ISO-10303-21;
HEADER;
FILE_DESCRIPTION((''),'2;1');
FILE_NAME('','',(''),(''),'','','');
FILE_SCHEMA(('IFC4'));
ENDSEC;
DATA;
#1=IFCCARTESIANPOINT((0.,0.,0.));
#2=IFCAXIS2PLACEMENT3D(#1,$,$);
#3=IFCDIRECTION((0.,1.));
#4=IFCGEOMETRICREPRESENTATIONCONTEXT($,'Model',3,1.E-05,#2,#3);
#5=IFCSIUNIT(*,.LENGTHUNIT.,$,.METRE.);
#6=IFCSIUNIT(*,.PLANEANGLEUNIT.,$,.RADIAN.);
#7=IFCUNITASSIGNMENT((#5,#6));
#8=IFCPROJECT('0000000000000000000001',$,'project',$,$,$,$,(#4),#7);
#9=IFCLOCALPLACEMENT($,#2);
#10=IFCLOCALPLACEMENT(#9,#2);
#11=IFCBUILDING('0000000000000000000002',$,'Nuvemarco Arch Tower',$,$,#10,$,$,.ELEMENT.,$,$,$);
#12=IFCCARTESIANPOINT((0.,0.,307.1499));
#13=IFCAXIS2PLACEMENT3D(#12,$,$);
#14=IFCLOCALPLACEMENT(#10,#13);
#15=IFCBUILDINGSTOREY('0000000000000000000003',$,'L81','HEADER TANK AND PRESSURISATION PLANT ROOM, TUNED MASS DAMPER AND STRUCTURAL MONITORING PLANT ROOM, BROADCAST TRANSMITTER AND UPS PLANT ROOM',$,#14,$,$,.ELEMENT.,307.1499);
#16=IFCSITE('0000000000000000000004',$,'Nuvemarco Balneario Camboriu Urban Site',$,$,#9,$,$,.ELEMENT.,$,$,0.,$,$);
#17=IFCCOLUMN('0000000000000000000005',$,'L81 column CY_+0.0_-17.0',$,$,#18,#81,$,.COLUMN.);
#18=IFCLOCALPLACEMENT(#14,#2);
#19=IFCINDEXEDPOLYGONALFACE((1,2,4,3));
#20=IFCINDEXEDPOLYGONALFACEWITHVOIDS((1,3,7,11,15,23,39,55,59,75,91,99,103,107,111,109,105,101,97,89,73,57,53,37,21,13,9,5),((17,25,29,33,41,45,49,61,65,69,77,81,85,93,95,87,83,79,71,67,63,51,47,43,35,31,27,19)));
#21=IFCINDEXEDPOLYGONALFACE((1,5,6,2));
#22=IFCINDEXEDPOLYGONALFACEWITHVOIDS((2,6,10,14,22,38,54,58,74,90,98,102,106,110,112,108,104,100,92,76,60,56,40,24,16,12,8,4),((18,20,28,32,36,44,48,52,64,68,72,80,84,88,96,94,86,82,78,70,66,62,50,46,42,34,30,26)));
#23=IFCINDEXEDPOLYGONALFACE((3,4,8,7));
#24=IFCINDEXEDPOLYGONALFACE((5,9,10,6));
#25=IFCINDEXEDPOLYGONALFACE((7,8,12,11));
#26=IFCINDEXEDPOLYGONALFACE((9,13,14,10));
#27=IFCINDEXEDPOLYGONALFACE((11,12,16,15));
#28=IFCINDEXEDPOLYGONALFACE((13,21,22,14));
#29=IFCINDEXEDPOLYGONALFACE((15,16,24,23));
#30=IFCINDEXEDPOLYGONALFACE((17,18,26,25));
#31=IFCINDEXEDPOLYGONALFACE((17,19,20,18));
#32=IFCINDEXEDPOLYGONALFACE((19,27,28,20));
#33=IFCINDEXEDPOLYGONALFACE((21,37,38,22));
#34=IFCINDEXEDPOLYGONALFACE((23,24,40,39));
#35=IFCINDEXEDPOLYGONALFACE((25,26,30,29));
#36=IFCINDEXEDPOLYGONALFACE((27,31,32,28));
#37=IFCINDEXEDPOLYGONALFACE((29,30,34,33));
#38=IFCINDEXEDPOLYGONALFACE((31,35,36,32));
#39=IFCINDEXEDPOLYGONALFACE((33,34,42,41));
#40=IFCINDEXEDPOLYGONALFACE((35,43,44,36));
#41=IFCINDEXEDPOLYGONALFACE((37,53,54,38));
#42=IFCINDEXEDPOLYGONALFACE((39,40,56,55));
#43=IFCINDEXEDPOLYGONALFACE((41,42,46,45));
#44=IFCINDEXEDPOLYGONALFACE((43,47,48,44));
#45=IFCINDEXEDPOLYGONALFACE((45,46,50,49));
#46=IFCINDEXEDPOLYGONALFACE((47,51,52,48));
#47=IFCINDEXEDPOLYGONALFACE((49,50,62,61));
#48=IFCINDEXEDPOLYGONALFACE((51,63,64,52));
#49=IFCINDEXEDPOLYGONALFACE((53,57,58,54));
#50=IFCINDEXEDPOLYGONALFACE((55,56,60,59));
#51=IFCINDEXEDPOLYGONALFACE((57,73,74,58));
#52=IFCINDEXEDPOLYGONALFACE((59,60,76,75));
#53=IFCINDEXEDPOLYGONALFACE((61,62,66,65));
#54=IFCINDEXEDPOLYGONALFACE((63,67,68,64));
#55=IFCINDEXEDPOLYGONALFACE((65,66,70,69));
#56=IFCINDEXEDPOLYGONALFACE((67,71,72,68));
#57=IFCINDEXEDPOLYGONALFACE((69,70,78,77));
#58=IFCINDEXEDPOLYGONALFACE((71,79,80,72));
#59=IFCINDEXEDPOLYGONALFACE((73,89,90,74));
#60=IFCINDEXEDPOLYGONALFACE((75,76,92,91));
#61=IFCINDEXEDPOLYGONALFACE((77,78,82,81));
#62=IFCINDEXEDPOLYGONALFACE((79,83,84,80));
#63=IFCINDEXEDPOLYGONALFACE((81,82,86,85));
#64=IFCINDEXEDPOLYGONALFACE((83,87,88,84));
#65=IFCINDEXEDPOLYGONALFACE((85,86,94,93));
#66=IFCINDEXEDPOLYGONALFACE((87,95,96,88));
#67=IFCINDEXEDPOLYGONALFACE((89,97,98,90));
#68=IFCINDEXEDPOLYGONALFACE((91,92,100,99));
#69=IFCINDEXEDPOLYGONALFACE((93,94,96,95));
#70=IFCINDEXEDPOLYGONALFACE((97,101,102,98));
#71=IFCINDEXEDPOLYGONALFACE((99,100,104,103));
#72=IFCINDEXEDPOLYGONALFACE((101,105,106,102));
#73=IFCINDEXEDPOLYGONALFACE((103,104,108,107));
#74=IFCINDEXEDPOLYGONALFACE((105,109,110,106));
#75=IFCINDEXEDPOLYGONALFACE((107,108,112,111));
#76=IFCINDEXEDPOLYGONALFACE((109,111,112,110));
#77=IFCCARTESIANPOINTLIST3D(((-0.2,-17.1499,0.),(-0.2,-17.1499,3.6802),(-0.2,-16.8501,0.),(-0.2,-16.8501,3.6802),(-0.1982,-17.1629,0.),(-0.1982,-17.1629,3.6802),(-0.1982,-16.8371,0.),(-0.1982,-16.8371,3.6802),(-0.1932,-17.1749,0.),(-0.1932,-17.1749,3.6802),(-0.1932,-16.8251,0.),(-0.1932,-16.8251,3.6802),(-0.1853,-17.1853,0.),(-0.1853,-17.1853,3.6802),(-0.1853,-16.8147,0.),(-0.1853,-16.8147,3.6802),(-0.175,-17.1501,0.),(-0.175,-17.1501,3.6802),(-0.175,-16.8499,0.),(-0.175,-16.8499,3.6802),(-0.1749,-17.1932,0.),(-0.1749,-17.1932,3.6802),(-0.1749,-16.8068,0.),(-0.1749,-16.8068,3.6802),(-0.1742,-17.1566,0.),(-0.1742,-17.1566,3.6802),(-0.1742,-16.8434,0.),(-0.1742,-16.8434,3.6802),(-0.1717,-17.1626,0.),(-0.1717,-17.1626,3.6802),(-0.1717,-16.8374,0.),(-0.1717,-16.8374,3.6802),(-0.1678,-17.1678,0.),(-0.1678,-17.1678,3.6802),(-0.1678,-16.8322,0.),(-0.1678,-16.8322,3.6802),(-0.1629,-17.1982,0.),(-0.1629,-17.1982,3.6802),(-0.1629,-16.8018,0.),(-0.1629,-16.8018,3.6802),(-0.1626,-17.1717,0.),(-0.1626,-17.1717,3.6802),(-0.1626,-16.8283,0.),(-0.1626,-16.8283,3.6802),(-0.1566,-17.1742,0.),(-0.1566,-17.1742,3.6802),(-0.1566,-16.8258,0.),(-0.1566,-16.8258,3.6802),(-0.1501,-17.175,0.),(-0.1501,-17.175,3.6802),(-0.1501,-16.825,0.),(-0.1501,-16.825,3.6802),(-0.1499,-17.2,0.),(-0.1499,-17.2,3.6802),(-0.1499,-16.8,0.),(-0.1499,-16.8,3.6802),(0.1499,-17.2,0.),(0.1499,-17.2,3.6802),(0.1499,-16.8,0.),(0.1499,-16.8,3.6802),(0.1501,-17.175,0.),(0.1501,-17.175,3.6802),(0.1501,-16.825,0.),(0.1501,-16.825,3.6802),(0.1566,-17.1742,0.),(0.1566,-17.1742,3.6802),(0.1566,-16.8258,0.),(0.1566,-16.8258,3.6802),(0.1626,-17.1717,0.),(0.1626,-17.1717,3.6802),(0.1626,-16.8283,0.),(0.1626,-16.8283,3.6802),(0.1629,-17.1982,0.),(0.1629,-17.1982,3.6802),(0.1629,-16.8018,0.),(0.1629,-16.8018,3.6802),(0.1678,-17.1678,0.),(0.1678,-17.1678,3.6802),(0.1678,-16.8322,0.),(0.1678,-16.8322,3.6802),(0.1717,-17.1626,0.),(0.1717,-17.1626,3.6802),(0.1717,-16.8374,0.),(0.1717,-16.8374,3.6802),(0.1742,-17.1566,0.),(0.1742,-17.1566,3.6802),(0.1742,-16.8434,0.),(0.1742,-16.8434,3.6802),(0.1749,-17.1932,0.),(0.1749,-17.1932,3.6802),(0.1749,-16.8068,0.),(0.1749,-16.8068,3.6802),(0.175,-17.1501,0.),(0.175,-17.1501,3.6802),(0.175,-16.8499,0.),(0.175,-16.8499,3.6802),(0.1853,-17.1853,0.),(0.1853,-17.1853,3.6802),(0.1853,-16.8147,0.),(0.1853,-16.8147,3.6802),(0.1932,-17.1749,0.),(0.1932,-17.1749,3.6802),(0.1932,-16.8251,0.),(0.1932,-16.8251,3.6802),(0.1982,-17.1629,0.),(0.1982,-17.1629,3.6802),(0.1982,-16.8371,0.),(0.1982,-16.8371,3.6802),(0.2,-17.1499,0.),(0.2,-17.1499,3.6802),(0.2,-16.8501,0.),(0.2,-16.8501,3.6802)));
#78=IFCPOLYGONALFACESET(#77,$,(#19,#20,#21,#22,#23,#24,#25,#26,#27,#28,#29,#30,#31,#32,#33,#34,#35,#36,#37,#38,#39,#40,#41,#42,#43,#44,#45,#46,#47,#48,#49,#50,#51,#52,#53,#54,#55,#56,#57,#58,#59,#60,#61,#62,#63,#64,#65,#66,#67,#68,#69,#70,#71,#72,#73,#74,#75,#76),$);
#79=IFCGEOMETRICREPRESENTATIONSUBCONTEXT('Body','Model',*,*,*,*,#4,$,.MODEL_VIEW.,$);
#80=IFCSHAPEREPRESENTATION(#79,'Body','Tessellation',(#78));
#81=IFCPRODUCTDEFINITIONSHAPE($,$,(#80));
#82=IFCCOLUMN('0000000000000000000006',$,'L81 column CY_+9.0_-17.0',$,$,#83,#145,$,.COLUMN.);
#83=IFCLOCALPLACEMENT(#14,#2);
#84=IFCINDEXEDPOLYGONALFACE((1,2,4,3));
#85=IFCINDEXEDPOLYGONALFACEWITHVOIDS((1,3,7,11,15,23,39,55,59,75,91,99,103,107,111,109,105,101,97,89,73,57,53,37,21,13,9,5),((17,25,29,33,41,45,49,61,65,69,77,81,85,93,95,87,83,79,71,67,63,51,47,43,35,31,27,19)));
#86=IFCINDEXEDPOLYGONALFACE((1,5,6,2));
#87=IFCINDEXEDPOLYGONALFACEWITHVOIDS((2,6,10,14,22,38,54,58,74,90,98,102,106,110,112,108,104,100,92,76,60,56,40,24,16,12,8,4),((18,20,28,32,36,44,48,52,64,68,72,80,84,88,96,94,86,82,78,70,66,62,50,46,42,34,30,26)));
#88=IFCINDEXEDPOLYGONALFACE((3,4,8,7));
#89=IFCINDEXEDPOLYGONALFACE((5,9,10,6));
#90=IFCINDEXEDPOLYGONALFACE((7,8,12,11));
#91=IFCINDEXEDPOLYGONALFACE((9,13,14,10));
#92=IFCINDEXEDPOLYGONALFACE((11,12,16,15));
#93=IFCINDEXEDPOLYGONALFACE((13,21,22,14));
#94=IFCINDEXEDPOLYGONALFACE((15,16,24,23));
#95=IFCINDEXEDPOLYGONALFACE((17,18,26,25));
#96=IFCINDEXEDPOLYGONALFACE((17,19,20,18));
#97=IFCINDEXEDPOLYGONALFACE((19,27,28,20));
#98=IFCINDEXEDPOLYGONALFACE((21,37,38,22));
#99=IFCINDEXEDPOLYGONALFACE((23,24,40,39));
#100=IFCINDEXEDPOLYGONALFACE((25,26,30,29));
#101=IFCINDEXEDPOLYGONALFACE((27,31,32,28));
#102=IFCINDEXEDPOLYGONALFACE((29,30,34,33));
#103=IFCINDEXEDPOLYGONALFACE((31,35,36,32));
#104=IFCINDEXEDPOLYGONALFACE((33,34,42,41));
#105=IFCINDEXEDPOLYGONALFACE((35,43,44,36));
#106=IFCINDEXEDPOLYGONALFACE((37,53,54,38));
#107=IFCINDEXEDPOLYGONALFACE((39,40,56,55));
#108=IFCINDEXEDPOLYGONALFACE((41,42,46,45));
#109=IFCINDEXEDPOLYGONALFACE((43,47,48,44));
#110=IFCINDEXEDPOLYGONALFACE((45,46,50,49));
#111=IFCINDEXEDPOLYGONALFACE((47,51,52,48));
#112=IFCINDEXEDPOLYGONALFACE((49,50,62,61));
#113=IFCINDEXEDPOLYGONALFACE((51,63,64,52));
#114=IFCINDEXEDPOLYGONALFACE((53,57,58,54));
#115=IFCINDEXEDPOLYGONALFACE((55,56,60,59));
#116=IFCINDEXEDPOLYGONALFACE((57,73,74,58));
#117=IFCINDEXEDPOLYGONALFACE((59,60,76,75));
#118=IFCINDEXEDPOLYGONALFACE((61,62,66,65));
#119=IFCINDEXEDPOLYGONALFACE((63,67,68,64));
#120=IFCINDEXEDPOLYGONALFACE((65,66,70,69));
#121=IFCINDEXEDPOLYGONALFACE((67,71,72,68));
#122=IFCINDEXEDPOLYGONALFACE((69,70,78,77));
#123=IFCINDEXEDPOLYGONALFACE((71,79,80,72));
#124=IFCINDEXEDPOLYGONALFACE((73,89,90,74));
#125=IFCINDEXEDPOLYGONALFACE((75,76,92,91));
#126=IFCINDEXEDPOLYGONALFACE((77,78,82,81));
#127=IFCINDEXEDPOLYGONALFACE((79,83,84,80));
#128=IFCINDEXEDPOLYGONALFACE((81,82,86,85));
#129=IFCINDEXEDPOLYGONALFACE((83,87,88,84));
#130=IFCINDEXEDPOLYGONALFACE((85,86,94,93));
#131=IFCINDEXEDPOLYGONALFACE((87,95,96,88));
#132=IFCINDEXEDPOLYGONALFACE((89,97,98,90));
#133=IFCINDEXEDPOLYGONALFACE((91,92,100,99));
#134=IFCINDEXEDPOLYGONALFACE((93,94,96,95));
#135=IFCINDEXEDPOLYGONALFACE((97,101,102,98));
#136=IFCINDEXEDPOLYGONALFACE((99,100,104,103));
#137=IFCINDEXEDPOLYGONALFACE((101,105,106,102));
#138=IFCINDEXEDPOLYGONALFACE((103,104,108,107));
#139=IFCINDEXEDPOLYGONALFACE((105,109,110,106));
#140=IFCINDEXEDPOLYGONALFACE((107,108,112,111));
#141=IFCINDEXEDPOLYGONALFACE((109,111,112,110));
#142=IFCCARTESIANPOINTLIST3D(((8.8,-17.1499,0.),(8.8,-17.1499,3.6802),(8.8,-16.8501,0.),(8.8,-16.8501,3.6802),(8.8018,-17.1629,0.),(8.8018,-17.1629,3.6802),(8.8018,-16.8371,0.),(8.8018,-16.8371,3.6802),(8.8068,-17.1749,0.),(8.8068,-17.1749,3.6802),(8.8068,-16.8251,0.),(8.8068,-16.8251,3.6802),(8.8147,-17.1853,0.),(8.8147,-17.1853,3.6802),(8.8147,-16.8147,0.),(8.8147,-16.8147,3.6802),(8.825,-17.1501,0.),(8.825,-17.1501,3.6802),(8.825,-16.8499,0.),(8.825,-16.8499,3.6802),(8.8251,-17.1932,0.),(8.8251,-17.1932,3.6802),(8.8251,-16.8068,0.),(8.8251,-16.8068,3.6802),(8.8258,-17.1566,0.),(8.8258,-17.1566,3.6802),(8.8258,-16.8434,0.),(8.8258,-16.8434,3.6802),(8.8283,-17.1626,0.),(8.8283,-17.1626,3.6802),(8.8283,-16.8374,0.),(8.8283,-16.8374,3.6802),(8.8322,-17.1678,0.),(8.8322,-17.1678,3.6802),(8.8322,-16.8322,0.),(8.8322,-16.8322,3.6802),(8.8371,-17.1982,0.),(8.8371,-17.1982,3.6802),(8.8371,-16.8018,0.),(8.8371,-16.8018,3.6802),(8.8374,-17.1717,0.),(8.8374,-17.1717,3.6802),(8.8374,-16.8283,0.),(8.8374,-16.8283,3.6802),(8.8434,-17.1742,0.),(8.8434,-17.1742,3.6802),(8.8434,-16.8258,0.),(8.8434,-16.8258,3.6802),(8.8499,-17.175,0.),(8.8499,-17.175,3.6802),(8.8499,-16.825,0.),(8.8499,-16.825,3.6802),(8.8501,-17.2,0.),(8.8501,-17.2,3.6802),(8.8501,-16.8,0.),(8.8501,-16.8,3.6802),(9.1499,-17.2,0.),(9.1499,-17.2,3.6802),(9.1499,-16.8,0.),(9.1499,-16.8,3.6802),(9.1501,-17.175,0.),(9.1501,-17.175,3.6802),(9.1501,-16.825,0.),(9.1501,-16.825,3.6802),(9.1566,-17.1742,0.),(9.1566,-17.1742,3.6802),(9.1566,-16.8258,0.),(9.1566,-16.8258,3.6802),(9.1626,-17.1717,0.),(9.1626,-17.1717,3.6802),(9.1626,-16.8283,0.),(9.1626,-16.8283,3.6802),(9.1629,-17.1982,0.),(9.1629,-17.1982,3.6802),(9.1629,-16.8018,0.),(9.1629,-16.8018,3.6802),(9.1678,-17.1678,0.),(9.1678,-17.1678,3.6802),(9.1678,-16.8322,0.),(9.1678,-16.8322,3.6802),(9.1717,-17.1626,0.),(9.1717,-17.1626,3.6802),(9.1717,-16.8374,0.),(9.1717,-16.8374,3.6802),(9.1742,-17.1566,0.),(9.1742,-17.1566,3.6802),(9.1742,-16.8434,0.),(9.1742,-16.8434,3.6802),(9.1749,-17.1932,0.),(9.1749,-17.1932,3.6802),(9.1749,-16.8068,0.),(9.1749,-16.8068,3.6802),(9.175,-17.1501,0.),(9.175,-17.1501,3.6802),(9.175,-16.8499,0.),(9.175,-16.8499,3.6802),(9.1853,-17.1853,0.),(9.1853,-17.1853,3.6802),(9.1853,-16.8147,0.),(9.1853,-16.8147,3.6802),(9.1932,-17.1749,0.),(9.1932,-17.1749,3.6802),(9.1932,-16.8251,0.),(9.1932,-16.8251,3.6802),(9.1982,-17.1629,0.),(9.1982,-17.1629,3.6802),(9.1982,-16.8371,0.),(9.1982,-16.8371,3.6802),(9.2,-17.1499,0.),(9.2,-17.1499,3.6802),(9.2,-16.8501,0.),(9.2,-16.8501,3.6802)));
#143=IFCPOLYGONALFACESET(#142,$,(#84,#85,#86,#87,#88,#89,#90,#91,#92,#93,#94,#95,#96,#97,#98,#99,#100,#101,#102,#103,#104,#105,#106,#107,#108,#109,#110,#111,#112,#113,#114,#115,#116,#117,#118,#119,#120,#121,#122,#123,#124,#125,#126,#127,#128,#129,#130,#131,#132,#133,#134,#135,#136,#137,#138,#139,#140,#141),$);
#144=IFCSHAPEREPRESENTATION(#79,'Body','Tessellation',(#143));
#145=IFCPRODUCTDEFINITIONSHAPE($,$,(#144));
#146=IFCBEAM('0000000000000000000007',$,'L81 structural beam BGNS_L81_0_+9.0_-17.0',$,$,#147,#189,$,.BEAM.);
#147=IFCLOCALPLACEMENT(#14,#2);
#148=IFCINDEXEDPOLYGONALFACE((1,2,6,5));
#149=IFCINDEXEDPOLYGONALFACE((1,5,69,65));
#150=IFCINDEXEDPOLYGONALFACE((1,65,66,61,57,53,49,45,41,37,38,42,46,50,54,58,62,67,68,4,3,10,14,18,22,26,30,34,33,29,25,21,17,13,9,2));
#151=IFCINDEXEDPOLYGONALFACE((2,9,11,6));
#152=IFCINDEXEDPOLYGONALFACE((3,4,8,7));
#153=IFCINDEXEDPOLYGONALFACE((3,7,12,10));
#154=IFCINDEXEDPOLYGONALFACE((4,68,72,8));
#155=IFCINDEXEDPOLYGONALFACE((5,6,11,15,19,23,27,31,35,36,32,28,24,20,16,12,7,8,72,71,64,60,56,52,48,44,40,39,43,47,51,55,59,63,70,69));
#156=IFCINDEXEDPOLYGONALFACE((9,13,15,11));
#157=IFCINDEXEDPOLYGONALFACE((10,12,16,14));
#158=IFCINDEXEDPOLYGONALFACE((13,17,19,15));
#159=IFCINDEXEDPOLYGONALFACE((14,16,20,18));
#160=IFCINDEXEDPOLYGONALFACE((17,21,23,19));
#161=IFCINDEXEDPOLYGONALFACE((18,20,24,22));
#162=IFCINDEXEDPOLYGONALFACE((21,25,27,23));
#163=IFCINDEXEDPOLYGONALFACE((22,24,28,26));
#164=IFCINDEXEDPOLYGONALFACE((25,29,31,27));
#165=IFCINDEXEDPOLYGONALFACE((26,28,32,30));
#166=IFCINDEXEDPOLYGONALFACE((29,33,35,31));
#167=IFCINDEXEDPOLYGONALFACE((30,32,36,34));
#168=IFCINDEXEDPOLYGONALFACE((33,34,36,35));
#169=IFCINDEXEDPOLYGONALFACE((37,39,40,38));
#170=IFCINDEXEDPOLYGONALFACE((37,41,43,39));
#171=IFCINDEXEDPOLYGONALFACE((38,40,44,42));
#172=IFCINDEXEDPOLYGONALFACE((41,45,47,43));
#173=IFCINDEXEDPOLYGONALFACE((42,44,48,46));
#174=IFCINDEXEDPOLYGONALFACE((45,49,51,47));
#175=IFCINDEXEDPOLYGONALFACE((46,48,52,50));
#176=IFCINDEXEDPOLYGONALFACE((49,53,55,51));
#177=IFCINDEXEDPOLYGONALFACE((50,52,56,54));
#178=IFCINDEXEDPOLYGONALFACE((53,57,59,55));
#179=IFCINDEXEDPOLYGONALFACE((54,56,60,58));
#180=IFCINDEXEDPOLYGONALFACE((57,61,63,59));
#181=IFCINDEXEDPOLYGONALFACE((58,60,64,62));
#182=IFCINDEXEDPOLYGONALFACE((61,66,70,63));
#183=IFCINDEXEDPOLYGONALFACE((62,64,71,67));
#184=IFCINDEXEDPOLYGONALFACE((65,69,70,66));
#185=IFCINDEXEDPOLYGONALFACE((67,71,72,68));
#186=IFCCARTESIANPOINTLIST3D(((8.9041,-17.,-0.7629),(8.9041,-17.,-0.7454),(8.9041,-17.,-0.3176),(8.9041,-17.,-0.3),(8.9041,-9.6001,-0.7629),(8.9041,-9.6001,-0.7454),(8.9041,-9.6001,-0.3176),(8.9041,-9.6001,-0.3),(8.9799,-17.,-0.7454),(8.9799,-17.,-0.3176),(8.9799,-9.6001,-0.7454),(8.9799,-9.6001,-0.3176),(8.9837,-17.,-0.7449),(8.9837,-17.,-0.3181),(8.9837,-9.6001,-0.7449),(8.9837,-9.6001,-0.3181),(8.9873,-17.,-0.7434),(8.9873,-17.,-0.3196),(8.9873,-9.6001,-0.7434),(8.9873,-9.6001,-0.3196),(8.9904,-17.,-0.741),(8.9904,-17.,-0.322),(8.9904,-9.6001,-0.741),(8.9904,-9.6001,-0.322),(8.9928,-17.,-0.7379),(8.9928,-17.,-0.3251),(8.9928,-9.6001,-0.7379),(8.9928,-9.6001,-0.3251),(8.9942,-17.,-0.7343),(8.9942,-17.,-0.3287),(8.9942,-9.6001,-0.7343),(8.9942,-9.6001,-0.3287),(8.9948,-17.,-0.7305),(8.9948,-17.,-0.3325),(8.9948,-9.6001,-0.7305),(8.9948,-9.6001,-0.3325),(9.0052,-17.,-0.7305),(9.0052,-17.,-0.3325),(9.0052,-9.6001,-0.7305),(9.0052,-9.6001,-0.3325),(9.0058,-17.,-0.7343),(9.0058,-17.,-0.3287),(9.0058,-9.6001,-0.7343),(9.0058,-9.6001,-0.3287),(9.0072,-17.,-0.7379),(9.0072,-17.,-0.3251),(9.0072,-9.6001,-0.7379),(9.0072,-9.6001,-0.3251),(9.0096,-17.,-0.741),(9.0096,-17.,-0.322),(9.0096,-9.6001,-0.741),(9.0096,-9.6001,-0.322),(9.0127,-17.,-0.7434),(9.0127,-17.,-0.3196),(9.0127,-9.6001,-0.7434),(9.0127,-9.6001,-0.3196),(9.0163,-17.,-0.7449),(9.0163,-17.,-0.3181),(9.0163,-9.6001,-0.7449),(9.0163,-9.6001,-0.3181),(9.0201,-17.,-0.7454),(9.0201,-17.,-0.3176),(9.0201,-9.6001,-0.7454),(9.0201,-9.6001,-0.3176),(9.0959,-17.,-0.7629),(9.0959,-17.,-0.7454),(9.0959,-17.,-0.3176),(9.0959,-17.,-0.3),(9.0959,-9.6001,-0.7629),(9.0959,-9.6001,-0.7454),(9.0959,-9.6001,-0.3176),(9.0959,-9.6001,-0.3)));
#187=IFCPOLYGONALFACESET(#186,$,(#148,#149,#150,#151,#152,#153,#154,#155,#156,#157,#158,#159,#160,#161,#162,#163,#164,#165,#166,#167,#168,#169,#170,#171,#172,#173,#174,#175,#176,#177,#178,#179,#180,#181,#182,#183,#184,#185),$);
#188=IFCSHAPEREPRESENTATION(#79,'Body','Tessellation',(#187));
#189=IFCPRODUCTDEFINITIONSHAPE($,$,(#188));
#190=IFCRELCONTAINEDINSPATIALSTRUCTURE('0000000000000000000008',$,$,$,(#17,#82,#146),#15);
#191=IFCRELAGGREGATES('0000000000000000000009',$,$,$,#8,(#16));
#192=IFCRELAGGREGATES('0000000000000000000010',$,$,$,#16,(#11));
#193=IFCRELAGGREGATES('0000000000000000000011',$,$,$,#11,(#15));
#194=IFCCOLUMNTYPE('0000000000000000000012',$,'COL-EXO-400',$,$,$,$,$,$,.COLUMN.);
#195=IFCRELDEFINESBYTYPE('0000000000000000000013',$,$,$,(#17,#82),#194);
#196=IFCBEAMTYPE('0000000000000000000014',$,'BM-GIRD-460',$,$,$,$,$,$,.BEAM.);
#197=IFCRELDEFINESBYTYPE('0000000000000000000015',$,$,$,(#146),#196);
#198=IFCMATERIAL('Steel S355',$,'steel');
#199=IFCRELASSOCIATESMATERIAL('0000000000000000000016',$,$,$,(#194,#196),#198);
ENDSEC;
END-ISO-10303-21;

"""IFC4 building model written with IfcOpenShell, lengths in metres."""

from ifc_helpers import new_model, si_unit, direction, frame, origin, origin_2d, place, context, subcontext, project, spatial, hollow_rectangle, i_section, extrude, material, material_profile, profile_set, type_object, element, save


model = new_model("IFC4")

# Units and contexts
model_context = context("Model", 3, precision=1e-05, world=origin(), true_north=direction((0.0, 1.0)))
body_context = subcontext(model_context, "Body", "Model", "MODEL_VIEW")
ifc_project = project(units=[si_unit("LENGTHUNIT", "METRE"), si_unit("PLANEANGLEUNIT", "RADIAN")], contexts=[model_context])

# Site, building, storey
site_placement = place(None, origin())
site = spatial("IfcSite", under=ifc_project, at=site_placement, Name="Nuvemarco Balneario Camboriu Urban Site", CompositionType="ELEMENT", RefElevation=0.0)
building_placement = place(site_placement, origin())
building = spatial("IfcBuilding", under=site, at=building_placement, Name="Nuvemarco Arch Tower", CompositionType="ELEMENT")
storey_placement = place(building_placement, frame((0.0, 0.0, 307.1499)))
storey = spatial("IfcBuildingStorey", under=building, at=storey_placement, Name="L81", Description="HEADER TANK AND PRESSURISATION PLANT ROOM, TUNED MASS DAMPER AND STRUCTURAL MONITORING PLANT ROOM, BROADCAST TRANSMITTER AND UPS PLANT ROOM", CompositionType="ELEMENT", Elevation=307.1499)

# Columns
ifc_material_1 = material(Name="Steel S355", Category="steel")
ifc_material_profile_1 = material_profile(ifc_material_1, hollow_rectangle(XDim=0.3999, YDim=0.3999, WallThickness=0.0249, InnerFilletRadius=0.0249, OuterFilletRadius=0.05, at=origin_2d()), Name="SHS400x400x25")
ifc_profile_set_1 = profile_set([ifc_material_profile_1], Name="Steel S355")
column_type = type_object("IfcColumnType", Name="COL-EXO-400", PredefinedType="COLUMN", material=ifc_profile_set_1)
for number, where, z_axis, x_axis, name in (
    (1, (0.0, -17.0, 0.0), (0.0, 0.0, 1.0), (1.0, 0.0, 0.0), "L81 column CY_+0.0_-17.0"),
    (2, (9.0, -17.0, 0.0), (0.0, 0.0, 1.0), (1.0, 0.0, 0.0), "L81 column CY_+9.0_-17.0"),
):
    element("IfcColumn", number, at=place(storey_placement, frame(where, z_axis=z_axis, x_axis=x_axis)), inside=storey, type_object=column_type, Name=name, PredefinedType="COLUMN", context=body_context, shape_type="SweptSolid", body=[
        extrude(hollow_rectangle(XDim=0.3999, YDim=0.3999, WallThickness=0.0249, InnerFilletRadius=0.0249, OuterFilletRadius=0.05, at=origin_2d()), origin(), (0.0, 0.0, 1.0), 3.6802),
    ])

# Beam
ifc_material_profile_2 = material_profile(ifc_material_1, i_section(OverallWidth=0.1919, OverallDepth=0.4629, WebThickness=0.0105, FlangeThickness=0.0176, FilletRadius=0.0149, at=origin_2d()), Name="W460x89")
ifc_profile_set_2 = profile_set([ifc_material_profile_2], Name="Steel S355")
beam_type_1 = type_object("IfcBeamType", Name="BM-GIRD-460", PredefinedType="BEAM", material=ifc_profile_set_2)
beam_1_placement = place(storey_placement, frame((9.0, -17.0, -0.5315), z_axis=(0.0, 1.0, 0.0), x_axis=(-1.0, 0.0, 0.0)))
element("IfcBeam", 3, at=beam_1_placement, inside=storey, type_object=beam_type_1, Name="L81 structural beam BGNS_L81_0_+9.0_-17.0", PredefinedType="BEAM", context=body_context, shape_type="SweptSolid", body=[
    extrude(i_section(OverallWidth=0.1919, OverallDepth=0.4629, WebThickness=0.0105, FlangeThickness=0.0176, FilletRadius=0.0149, at=origin_2d()), origin(), (0.0, 0.0, 1.0), 7.3999),
])

save(model, "model.ifc")
